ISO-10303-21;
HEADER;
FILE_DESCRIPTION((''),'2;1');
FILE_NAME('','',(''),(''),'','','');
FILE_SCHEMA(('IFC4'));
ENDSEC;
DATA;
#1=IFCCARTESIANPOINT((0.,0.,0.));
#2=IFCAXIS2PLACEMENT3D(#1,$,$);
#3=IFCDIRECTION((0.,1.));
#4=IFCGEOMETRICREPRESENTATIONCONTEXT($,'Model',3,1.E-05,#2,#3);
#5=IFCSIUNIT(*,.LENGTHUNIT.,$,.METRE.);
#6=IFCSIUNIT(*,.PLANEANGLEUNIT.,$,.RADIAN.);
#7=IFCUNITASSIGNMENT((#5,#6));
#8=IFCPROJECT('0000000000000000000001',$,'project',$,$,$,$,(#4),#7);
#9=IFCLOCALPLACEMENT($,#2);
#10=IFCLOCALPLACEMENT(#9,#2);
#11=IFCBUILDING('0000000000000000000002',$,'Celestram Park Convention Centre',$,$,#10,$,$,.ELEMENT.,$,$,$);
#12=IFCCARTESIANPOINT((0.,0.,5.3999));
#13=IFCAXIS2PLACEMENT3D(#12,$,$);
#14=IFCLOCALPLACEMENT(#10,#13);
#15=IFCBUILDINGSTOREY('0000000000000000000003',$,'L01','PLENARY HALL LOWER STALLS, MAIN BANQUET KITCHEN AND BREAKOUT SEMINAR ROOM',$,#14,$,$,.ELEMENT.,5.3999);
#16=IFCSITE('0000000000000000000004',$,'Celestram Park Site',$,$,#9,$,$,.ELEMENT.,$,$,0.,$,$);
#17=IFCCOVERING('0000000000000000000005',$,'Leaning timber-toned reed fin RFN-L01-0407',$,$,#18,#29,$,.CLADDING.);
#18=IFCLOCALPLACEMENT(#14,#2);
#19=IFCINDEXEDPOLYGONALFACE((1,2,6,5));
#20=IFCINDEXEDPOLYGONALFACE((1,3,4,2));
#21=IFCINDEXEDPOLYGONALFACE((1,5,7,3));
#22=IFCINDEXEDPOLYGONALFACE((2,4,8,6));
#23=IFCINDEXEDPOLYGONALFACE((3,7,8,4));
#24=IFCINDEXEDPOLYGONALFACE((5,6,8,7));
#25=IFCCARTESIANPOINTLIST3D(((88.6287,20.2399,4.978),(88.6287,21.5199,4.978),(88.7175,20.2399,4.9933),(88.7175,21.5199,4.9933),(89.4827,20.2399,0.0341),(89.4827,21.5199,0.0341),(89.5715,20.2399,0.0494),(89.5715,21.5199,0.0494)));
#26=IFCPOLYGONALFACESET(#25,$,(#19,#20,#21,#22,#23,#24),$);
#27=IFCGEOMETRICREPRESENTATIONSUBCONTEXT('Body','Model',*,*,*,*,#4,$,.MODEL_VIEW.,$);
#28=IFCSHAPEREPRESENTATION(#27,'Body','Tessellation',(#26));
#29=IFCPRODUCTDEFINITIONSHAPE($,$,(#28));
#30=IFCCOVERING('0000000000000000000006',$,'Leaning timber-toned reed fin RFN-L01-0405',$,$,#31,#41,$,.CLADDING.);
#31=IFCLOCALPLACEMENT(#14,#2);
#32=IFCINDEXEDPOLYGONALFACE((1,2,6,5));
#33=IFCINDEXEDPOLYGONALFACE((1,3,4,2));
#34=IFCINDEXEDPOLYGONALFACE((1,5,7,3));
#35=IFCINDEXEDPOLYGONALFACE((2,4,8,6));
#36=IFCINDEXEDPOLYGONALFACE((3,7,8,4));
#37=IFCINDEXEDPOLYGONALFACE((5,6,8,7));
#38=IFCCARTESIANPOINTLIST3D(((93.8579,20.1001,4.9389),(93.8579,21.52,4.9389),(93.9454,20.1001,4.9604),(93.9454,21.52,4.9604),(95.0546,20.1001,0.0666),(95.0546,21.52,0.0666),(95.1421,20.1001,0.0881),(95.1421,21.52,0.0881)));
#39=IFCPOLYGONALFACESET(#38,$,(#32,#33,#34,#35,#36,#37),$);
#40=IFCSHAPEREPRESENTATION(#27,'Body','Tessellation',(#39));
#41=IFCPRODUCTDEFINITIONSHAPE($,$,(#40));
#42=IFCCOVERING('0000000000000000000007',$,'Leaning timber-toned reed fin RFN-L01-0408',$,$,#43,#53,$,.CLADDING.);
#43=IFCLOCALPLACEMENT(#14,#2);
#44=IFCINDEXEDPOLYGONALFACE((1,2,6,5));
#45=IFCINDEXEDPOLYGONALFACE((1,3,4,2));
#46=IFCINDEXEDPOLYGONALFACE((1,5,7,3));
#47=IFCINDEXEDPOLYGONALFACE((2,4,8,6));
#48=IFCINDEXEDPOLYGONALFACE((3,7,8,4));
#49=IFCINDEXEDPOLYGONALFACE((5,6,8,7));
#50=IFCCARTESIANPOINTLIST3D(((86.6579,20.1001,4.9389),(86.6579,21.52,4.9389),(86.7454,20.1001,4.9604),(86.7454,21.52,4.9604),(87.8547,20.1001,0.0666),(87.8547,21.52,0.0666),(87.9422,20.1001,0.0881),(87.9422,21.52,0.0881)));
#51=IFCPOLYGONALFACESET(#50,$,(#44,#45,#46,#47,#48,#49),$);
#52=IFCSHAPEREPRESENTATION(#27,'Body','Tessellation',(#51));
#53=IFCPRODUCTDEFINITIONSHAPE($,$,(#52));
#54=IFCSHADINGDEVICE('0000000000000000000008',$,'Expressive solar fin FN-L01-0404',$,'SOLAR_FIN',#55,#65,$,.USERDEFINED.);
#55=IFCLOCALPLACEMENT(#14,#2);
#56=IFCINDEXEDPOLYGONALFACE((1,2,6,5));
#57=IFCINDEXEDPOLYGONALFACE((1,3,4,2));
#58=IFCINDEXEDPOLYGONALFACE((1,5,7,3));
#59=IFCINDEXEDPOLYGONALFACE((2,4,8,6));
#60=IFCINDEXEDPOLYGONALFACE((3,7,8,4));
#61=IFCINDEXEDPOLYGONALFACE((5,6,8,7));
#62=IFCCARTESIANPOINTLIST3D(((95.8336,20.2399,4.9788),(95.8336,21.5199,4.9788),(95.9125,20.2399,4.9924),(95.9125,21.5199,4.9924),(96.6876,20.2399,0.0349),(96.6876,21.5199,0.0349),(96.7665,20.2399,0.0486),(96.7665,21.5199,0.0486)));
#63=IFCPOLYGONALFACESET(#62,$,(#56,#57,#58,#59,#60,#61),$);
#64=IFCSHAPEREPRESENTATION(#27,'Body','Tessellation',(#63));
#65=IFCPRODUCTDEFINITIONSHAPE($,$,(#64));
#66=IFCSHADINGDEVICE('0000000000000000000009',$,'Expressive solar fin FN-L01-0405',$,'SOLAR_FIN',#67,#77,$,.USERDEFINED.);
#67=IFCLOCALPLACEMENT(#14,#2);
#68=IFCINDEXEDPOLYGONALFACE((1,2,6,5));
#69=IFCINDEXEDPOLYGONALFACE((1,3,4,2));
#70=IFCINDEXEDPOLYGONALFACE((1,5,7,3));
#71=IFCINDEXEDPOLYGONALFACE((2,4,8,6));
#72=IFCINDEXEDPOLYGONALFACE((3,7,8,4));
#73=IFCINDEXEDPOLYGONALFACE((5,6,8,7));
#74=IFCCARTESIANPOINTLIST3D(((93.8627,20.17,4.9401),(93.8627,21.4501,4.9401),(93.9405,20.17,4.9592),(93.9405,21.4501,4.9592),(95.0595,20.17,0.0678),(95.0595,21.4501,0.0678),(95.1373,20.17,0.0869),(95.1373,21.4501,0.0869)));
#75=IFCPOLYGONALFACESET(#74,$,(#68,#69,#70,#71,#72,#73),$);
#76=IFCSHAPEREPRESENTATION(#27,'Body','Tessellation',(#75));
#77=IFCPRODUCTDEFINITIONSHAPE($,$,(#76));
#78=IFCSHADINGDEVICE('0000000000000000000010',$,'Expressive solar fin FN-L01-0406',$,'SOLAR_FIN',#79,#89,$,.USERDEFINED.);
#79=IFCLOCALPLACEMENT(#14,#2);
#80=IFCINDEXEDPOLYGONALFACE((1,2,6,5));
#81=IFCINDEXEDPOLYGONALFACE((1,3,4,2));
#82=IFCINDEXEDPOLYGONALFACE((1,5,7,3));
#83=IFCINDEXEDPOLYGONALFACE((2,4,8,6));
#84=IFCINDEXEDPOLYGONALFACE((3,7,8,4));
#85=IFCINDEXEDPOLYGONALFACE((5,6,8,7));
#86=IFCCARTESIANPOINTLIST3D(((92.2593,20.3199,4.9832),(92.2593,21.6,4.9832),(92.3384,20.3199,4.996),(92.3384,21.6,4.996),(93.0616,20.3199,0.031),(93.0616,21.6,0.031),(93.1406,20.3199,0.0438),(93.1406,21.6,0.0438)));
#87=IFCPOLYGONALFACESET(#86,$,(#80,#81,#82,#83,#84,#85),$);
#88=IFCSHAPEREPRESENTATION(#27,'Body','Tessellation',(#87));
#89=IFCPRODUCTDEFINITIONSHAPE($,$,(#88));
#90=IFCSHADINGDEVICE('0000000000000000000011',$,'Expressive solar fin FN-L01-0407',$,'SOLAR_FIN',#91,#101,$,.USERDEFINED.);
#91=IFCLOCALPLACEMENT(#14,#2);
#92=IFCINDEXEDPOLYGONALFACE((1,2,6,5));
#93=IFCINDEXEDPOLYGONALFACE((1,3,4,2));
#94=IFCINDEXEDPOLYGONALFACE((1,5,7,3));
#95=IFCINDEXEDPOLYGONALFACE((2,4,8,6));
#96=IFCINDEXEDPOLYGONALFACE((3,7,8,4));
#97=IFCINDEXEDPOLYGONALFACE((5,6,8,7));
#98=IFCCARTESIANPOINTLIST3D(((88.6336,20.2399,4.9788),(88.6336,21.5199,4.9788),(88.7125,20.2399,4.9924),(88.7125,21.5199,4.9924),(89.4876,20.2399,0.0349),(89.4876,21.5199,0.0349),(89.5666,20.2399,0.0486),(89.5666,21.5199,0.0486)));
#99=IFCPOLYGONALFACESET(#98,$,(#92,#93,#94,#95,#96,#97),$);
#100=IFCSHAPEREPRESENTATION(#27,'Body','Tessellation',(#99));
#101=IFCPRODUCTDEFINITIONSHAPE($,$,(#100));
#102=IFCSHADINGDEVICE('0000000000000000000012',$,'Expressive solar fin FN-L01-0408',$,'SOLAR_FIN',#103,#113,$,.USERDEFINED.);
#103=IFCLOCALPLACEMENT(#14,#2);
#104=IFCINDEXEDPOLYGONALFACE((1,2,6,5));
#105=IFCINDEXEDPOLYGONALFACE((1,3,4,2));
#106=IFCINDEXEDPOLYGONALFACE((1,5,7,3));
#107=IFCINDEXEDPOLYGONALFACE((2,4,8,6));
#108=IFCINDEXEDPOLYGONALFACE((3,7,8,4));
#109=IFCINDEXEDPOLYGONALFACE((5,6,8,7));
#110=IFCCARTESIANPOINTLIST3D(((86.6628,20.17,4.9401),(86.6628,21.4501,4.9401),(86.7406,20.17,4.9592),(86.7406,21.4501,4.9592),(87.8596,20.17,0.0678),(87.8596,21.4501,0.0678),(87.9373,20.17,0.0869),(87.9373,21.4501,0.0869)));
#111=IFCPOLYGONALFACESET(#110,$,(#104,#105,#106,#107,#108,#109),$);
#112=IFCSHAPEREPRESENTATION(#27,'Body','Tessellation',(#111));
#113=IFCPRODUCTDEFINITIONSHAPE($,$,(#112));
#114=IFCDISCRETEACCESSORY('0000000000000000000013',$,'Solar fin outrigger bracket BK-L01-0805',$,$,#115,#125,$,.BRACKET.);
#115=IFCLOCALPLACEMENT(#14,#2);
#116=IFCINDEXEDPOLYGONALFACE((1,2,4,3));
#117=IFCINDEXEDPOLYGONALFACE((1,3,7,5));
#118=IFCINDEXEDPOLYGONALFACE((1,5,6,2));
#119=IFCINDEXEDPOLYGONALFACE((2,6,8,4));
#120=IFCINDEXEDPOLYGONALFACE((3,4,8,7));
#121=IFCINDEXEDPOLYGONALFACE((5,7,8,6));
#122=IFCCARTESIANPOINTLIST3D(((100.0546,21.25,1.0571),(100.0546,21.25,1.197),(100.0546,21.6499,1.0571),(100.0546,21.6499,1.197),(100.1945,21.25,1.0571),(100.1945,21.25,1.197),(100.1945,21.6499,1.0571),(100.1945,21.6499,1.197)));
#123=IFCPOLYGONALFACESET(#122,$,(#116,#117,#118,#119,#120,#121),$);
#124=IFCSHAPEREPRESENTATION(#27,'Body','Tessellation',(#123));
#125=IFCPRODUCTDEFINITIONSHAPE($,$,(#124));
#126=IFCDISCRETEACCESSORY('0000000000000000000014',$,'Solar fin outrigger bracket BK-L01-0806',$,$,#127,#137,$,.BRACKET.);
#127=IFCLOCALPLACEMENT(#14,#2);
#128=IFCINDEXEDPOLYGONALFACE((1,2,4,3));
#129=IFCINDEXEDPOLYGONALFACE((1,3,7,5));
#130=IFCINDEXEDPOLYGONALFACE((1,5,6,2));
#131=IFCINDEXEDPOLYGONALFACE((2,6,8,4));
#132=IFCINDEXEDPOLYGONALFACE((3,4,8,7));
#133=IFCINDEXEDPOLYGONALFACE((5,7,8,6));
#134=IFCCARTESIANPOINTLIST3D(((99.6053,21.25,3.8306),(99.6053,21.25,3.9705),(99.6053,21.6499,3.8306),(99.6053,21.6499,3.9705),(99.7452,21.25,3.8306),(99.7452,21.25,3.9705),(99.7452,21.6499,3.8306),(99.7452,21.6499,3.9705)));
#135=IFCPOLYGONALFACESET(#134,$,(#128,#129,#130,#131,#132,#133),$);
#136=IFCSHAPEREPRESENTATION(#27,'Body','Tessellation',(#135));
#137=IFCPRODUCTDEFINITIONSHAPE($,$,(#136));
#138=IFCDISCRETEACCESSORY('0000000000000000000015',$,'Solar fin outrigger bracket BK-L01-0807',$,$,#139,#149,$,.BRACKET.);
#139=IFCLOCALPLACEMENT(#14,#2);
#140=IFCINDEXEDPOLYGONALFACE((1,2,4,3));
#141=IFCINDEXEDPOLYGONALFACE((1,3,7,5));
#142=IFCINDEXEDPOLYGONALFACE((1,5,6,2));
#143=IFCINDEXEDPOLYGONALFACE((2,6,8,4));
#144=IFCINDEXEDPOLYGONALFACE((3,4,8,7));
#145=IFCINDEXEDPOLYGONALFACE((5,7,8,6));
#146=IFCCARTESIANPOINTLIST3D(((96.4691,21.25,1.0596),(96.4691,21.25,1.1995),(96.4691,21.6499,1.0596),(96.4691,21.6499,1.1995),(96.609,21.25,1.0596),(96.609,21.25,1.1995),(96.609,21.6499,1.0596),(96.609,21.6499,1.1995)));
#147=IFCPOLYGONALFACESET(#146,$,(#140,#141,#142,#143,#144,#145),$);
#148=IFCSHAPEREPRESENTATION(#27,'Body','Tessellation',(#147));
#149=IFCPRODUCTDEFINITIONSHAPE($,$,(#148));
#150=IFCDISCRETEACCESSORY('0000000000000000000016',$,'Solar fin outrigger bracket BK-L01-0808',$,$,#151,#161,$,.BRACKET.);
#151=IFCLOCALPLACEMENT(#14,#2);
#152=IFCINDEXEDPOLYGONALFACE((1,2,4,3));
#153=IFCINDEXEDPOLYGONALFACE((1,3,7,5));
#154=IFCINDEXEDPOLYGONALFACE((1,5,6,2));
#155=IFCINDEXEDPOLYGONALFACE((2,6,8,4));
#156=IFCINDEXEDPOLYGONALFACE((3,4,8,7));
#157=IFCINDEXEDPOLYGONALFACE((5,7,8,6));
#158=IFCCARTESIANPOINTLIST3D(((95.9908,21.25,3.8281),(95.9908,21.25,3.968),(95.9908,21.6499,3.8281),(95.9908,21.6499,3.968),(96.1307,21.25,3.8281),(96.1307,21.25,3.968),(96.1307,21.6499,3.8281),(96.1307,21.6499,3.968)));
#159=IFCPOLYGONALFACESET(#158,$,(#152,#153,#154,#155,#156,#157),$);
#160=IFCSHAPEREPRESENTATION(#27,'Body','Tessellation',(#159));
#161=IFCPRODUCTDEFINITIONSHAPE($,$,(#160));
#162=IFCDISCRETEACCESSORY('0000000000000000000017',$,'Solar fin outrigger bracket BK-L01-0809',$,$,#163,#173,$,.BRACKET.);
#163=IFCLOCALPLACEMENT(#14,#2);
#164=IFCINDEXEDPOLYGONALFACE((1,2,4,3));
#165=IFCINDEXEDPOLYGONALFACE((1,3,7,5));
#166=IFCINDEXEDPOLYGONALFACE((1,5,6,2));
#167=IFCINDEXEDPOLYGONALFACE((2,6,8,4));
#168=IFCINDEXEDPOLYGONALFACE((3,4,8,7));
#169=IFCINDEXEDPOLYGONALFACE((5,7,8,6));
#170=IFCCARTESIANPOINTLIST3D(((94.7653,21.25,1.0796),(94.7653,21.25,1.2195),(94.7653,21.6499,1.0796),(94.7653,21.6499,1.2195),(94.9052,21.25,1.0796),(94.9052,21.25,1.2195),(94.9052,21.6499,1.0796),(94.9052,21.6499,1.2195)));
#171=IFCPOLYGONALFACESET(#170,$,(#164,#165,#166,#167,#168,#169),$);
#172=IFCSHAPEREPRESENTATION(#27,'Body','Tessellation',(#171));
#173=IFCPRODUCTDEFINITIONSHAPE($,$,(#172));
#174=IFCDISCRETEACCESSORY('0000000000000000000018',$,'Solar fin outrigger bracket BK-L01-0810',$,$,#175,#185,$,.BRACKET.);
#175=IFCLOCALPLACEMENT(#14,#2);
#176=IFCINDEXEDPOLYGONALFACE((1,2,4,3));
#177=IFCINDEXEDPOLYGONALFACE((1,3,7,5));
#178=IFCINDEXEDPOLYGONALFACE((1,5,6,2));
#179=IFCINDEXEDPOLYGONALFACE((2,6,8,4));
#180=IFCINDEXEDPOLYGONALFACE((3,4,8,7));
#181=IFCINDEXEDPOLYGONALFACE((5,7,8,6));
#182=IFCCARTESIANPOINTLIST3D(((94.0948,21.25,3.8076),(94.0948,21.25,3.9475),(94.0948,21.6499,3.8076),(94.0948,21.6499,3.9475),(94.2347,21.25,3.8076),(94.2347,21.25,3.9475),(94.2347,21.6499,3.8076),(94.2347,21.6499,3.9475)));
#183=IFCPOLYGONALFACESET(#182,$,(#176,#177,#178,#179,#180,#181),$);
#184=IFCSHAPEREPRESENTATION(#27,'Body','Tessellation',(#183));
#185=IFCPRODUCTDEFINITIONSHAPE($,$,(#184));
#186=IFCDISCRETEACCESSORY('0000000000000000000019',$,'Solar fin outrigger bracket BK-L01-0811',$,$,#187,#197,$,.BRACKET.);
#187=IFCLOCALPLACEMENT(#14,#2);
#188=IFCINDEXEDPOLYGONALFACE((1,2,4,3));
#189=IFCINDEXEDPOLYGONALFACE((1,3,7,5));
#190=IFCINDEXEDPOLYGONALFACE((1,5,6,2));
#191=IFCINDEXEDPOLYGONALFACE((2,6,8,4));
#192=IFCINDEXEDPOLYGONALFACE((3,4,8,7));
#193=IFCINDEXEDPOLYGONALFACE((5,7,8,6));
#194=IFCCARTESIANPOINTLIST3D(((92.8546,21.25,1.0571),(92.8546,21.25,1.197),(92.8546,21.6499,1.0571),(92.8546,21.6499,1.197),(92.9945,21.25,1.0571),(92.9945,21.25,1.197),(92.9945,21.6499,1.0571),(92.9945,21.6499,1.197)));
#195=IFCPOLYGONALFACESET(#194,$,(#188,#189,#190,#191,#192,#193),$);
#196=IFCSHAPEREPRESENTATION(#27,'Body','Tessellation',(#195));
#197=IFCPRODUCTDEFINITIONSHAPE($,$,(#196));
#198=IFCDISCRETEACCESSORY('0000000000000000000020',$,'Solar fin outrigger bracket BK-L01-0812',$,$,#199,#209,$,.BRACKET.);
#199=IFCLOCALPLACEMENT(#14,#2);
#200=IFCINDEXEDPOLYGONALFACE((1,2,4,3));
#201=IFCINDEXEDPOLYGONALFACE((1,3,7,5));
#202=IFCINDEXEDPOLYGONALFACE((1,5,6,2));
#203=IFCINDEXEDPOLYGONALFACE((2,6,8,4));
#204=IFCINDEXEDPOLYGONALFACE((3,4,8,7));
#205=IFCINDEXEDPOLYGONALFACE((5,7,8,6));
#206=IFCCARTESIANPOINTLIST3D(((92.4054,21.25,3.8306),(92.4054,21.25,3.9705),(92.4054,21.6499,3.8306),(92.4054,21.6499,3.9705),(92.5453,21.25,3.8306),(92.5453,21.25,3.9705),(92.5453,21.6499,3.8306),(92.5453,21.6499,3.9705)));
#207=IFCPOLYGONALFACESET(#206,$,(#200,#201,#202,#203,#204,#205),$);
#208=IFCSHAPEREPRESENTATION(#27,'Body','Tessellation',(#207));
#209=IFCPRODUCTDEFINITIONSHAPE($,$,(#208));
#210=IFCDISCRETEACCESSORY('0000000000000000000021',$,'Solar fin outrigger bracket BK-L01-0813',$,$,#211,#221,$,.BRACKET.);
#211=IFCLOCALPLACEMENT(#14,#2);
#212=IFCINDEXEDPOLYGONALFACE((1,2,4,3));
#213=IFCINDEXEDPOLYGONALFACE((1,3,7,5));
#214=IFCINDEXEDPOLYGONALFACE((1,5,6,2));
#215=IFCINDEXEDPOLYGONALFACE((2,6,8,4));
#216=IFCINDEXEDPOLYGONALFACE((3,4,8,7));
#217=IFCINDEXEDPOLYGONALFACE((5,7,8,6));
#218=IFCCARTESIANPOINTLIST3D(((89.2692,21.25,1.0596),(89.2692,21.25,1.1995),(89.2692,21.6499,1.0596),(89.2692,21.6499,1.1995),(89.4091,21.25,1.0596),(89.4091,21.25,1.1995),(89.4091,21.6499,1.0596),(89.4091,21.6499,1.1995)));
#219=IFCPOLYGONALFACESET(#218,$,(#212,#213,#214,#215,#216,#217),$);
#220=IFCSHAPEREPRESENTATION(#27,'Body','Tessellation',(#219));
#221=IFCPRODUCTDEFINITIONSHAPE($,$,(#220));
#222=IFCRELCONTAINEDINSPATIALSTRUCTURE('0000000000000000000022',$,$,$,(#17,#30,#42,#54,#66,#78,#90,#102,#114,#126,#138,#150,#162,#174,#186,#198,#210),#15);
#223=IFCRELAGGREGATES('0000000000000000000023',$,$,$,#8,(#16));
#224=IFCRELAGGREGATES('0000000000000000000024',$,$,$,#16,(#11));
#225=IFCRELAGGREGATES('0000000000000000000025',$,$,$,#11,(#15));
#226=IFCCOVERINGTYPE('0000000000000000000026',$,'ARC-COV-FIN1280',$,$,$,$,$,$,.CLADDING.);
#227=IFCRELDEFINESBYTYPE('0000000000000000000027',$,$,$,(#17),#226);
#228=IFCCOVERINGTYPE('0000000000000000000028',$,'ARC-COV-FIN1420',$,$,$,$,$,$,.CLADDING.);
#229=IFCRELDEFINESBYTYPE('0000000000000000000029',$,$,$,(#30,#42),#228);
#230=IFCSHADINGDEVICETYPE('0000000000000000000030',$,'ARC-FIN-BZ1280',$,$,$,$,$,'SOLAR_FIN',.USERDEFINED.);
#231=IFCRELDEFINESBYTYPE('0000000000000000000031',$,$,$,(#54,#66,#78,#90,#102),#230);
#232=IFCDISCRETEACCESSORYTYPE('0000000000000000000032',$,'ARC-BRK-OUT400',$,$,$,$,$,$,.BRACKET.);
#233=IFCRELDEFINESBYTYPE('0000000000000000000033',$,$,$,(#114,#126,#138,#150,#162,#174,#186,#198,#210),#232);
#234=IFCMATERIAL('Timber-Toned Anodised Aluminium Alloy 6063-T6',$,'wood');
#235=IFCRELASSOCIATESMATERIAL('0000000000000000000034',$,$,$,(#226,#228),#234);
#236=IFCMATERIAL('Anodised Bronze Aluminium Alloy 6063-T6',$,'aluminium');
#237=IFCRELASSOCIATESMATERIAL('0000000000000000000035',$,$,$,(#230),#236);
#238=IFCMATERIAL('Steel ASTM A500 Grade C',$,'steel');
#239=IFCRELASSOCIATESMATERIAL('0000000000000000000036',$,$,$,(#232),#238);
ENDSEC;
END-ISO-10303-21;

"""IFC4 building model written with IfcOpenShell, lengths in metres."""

from ifc_helpers import new_model, si_unit, direction, frame, origin, origin_2d, place, context, subcontext, project, spatial, rectangle, extrude, material, material_profile, profile_set, type_object, element, save


model = new_model("IFC4")

# Units and contexts
model_context = context("Model", 3, precision=1e-05, world=origin(), true_north=direction((0.0, 1.0)))
body_context = subcontext(model_context, "Body", "Model", "MODEL_VIEW")
ifc_project = project(units=[si_unit("LENGTHUNIT", "METRE"), si_unit("PLANEANGLEUNIT", "RADIAN")], contexts=[model_context])

# Site, building, storey
site_placement = place(None, origin())
site = spatial("IfcSite", under=ifc_project, at=site_placement, Name="Celestram Park Site", CompositionType="ELEMENT", RefElevation=0.0)
building_placement = place(site_placement, origin())
building = spatial("IfcBuilding", under=site, at=building_placement, Name="Celestram Park Convention Centre", CompositionType="ELEMENT")
storey_placement = place(building_placement, frame((0.0, 0.0, 5.3999)))
storey = spatial("IfcBuildingStorey", under=building, at=storey_placement, Name="L01", Description="PLENARY HALL LOWER STALLS, MAIN BANQUET KITCHEN AND BREAKOUT SEMINAR ROOM", CompositionType="ELEMENT", Elevation=5.3999)

# Coverings
ifc_material_1 = material(Name="Timber-Toned Anodised Aluminium Alloy 6063-T6", Category="wood")
ifc_material_profile_1 = material_profile(ifc_material_1, rectangle(XDim=1.28, YDim=0.0901, at=origin_2d()), Name="REED1280X90")
ifc_profile_set_1 = profile_set([ifc_material_profile_1], Name="Timber-Toned Anodised Aluminium Alloy 6063-T6")
covering_type_1 = type_object("IfcCoveringType", Name="ARC-COV-FIN1280", PredefinedType="CLADDING", material=ifc_profile_set_1)
for number, where, z_axis, x_axis, name in (
    (1, (89.5271, 20.8799, 0.0417), (-0.17022, 0.0, 0.985406), (0.0, -1.0, 0.0), "Leaning timber-toned reed fin RFN-L01-0407"),
):
    element("IfcCovering", number, at=place(storey_placement, frame(where, z_axis=z_axis, x_axis=x_axis)), inside=storey, type_object=covering_type_1, Name=name, PredefinedType="CLADDING", context=body_context, shape_type="SweptSolid", body=[
        extrude(rectangle(XDim=1.28, YDim=0.0901, at=origin_2d()), origin(), (0.0, 0.0, 1.0), 5.0171),
    ])
ifc_material_profile_2 = material_profile(ifc_material_1, rectangle(XDim=1.4199, YDim=0.0901, at=origin_2d()), Name="REED1420X90")
ifc_profile_set_2 = profile_set([ifc_material_profile_2], Name="Timber-Toned Anodised Aluminium Alloy 6063-T6")
covering_type_2 = type_object("IfcCoveringType", Name="ARC-COV-FIN1420", PredefinedType="CLADDING", material=ifc_profile_set_2)
for number, where, z_axis, x_axis, name in (
    (2, (95.0984, 20.8101, 0.0774), (-0.238538, 0.0, 0.971133), (0.0, -1.0, 0.0), "Leaning timber-toned reed fin RFN-L01-0405"),
    (3, (87.8984, 20.8101, 0.0774), (-0.238538, 0.0, 0.971133), (0.0, -1.0, 0.0), "Leaning timber-toned reed fin RFN-L01-0408"),
):
    element("IfcCovering", number, at=place(storey_placement, frame(where, z_axis=z_axis, x_axis=x_axis)), inside=storey, type_object=covering_type_2, Name=name, PredefinedType="CLADDING", context=body_context, shape_type="SweptSolid", body=[
        extrude(rectangle(XDim=1.4199, YDim=0.0901, at=origin_2d()), origin(), (0.0, 0.0, 1.0), 5.0171),
    ])

# Shading devices
ifc_material_2 = material(Name="Anodised Bronze Aluminium Alloy 6063-T6", Category="aluminium")
ifc_material_profile_3 = material_profile(ifc_material_2, rectangle(XDim=1.28, YDim=0.0801, at=origin_2d()), Name="FIN1280X80")
ifc_profile_set_3 = profile_set([ifc_material_profile_3], Name="Anodised Bronze Aluminium Alloy 6063-T6")
shading_device_type = type_object("IfcShadingDeviceType", Name="ARC-FIN-BZ1280", ElementType="SOLAR_FIN", PredefinedType="USERDEFINED", material=ifc_profile_set_3)
for number, where, z_axis, x_axis, name in (
    (4, (96.7271, 20.8799, 0.0417), (-0.17022, 0.0, 0.985406), (0.0, -1.0, 0.0), "Expressive solar fin FN-L01-0404"),
    (5, (95.0984, 20.8101, 0.0774), (-0.238538, 0.0, 0.971133), (0.0, -1.0, 0.0), "Expressive solar fin FN-L01-0405"),
):
    element("IfcShadingDevice", number, at=place(storey_placement, frame(where, z_axis=z_axis, x_axis=x_axis)), inside=storey, type_object=shading_device_type, Name=name, ObjectType="SOLAR_FIN", PredefinedType="USERDEFINED", context=body_context, shape_type="SweptSolid", body=[
        extrude(rectangle(XDim=1.28, YDim=0.0801, at=origin_2d()), origin(), (0.0, 0.0, 1.0), 5.0171),
    ])
shading_device_placement = place(storey_placement, frame((93.1011, 20.96, 0.0374), z_axis=(-0.159907, 0.0, 0.987132), x_axis=(0.0, -1.0, 0.0)))
element("IfcShadingDevice", 6, at=shading_device_placement, inside=storey, type_object=shading_device_type, Name="Expressive solar fin FN-L01-0406", ObjectType="SOLAR_FIN", PredefinedType="USERDEFINED", context=body_context, shape_type="SweptSolid", body=[
    extrude(rectangle(XDim=1.28, YDim=0.0801, at=origin_2d()), origin(), (0.0, 0.0, 1.0), 5.0168),
])
for number, where, z_axis, x_axis, name in (
    (7, (89.5271, 20.8799, 0.0417), (-0.17022, 0.0, 0.985406), (0.0, -1.0, 0.0), "Expressive solar fin FN-L01-0407"),
    (8, (87.8984, 20.8101, 0.0774), (-0.238538, 0.0, 0.971133), (0.0, -1.0, 0.0), "Expressive solar fin FN-L01-0408"),
):
    element("IfcShadingDevice", number, at=place(storey_placement, frame(where, z_axis=z_axis, x_axis=x_axis)), inside=storey, type_object=shading_device_type, Name=name, ObjectType="SOLAR_FIN", PredefinedType="USERDEFINED", context=body_context, shape_type="SweptSolid", body=[
        extrude(rectangle(XDim=1.28, YDim=0.0801, at=origin_2d()), origin(), (0.0, 0.0, 1.0), 5.0171),
    ])

# Discrete accessories
ifc_material_3 = material(Name="Steel ASTM A500 Grade C", Category="steel")
discrete_accessory_type = type_object("IfcDiscreteAccessoryType", Name="ARC-BRK-OUT400", PredefinedType="BRACKET", material=ifc_material_3)
for number, where, z_axis, x_axis, name in (
    (9, (100.1245, 21.45, 1.0571), (0.0, 0.0, 1.0), (0.0, -1.0, 0.0), "Solar fin outrigger bracket BK-L01-0805"),
    (10, (99.6753, 21.45, 3.8306), (0.0, 0.0, 1.0), (0.0, -1.0, 0.0), "Solar fin outrigger bracket BK-L01-0806"),
    (11, (96.5391, 21.45, 1.0596), (0.0, 0.0, 1.0), (0.0, -1.0, 0.0), "Solar fin outrigger bracket BK-L01-0807"),
    (12, (96.0608, 21.45, 3.8281), (0.0, 0.0, 1.0), (0.0, -1.0, 0.0), "Solar fin outrigger bracket BK-L01-0808"),
    (13, (94.8352, 21.45, 1.0796), (0.0, 0.0, 1.0), (0.0, -1.0, 0.0), "Solar fin outrigger bracket BK-L01-0809"),
    (14, (94.1648, 21.45, 3.8076), (0.0, 0.0, 1.0), (0.0, -1.0, 0.0), "Solar fin outrigger bracket BK-L01-0810"),
    (15, (92.9246, 21.45, 1.0571), (0.0, 0.0, 1.0), (0.0, -1.0, 0.0), "Solar fin outrigger bracket BK-L01-0811"),
    (16, (92.4753, 21.45, 3.8306), (0.0, 0.0, 1.0), (0.0, -1.0, 0.0), "Solar fin outrigger bracket BK-L01-0812"),
    (17, (89.3391, 21.45, 1.0596), (0.0, 0.0, 1.0), (0.0, -1.0, 0.0), "Solar fin outrigger bracket BK-L01-0813"),
):
    element("IfcDiscreteAccessory", number, at=place(storey_placement, frame(where, z_axis=z_axis, x_axis=x_axis)), inside=storey, type_object=discrete_accessory_type, Name=name, PredefinedType="BRACKET", context=body_context, shape_type="SweptSolid", body=[
        extrude(rectangle(XDim=0.3999, YDim=0.1399, at=origin_2d()), origin(), (0.0, 0.0, 1.0), 0.1399),
    ])

save(model, "model.ifc")
